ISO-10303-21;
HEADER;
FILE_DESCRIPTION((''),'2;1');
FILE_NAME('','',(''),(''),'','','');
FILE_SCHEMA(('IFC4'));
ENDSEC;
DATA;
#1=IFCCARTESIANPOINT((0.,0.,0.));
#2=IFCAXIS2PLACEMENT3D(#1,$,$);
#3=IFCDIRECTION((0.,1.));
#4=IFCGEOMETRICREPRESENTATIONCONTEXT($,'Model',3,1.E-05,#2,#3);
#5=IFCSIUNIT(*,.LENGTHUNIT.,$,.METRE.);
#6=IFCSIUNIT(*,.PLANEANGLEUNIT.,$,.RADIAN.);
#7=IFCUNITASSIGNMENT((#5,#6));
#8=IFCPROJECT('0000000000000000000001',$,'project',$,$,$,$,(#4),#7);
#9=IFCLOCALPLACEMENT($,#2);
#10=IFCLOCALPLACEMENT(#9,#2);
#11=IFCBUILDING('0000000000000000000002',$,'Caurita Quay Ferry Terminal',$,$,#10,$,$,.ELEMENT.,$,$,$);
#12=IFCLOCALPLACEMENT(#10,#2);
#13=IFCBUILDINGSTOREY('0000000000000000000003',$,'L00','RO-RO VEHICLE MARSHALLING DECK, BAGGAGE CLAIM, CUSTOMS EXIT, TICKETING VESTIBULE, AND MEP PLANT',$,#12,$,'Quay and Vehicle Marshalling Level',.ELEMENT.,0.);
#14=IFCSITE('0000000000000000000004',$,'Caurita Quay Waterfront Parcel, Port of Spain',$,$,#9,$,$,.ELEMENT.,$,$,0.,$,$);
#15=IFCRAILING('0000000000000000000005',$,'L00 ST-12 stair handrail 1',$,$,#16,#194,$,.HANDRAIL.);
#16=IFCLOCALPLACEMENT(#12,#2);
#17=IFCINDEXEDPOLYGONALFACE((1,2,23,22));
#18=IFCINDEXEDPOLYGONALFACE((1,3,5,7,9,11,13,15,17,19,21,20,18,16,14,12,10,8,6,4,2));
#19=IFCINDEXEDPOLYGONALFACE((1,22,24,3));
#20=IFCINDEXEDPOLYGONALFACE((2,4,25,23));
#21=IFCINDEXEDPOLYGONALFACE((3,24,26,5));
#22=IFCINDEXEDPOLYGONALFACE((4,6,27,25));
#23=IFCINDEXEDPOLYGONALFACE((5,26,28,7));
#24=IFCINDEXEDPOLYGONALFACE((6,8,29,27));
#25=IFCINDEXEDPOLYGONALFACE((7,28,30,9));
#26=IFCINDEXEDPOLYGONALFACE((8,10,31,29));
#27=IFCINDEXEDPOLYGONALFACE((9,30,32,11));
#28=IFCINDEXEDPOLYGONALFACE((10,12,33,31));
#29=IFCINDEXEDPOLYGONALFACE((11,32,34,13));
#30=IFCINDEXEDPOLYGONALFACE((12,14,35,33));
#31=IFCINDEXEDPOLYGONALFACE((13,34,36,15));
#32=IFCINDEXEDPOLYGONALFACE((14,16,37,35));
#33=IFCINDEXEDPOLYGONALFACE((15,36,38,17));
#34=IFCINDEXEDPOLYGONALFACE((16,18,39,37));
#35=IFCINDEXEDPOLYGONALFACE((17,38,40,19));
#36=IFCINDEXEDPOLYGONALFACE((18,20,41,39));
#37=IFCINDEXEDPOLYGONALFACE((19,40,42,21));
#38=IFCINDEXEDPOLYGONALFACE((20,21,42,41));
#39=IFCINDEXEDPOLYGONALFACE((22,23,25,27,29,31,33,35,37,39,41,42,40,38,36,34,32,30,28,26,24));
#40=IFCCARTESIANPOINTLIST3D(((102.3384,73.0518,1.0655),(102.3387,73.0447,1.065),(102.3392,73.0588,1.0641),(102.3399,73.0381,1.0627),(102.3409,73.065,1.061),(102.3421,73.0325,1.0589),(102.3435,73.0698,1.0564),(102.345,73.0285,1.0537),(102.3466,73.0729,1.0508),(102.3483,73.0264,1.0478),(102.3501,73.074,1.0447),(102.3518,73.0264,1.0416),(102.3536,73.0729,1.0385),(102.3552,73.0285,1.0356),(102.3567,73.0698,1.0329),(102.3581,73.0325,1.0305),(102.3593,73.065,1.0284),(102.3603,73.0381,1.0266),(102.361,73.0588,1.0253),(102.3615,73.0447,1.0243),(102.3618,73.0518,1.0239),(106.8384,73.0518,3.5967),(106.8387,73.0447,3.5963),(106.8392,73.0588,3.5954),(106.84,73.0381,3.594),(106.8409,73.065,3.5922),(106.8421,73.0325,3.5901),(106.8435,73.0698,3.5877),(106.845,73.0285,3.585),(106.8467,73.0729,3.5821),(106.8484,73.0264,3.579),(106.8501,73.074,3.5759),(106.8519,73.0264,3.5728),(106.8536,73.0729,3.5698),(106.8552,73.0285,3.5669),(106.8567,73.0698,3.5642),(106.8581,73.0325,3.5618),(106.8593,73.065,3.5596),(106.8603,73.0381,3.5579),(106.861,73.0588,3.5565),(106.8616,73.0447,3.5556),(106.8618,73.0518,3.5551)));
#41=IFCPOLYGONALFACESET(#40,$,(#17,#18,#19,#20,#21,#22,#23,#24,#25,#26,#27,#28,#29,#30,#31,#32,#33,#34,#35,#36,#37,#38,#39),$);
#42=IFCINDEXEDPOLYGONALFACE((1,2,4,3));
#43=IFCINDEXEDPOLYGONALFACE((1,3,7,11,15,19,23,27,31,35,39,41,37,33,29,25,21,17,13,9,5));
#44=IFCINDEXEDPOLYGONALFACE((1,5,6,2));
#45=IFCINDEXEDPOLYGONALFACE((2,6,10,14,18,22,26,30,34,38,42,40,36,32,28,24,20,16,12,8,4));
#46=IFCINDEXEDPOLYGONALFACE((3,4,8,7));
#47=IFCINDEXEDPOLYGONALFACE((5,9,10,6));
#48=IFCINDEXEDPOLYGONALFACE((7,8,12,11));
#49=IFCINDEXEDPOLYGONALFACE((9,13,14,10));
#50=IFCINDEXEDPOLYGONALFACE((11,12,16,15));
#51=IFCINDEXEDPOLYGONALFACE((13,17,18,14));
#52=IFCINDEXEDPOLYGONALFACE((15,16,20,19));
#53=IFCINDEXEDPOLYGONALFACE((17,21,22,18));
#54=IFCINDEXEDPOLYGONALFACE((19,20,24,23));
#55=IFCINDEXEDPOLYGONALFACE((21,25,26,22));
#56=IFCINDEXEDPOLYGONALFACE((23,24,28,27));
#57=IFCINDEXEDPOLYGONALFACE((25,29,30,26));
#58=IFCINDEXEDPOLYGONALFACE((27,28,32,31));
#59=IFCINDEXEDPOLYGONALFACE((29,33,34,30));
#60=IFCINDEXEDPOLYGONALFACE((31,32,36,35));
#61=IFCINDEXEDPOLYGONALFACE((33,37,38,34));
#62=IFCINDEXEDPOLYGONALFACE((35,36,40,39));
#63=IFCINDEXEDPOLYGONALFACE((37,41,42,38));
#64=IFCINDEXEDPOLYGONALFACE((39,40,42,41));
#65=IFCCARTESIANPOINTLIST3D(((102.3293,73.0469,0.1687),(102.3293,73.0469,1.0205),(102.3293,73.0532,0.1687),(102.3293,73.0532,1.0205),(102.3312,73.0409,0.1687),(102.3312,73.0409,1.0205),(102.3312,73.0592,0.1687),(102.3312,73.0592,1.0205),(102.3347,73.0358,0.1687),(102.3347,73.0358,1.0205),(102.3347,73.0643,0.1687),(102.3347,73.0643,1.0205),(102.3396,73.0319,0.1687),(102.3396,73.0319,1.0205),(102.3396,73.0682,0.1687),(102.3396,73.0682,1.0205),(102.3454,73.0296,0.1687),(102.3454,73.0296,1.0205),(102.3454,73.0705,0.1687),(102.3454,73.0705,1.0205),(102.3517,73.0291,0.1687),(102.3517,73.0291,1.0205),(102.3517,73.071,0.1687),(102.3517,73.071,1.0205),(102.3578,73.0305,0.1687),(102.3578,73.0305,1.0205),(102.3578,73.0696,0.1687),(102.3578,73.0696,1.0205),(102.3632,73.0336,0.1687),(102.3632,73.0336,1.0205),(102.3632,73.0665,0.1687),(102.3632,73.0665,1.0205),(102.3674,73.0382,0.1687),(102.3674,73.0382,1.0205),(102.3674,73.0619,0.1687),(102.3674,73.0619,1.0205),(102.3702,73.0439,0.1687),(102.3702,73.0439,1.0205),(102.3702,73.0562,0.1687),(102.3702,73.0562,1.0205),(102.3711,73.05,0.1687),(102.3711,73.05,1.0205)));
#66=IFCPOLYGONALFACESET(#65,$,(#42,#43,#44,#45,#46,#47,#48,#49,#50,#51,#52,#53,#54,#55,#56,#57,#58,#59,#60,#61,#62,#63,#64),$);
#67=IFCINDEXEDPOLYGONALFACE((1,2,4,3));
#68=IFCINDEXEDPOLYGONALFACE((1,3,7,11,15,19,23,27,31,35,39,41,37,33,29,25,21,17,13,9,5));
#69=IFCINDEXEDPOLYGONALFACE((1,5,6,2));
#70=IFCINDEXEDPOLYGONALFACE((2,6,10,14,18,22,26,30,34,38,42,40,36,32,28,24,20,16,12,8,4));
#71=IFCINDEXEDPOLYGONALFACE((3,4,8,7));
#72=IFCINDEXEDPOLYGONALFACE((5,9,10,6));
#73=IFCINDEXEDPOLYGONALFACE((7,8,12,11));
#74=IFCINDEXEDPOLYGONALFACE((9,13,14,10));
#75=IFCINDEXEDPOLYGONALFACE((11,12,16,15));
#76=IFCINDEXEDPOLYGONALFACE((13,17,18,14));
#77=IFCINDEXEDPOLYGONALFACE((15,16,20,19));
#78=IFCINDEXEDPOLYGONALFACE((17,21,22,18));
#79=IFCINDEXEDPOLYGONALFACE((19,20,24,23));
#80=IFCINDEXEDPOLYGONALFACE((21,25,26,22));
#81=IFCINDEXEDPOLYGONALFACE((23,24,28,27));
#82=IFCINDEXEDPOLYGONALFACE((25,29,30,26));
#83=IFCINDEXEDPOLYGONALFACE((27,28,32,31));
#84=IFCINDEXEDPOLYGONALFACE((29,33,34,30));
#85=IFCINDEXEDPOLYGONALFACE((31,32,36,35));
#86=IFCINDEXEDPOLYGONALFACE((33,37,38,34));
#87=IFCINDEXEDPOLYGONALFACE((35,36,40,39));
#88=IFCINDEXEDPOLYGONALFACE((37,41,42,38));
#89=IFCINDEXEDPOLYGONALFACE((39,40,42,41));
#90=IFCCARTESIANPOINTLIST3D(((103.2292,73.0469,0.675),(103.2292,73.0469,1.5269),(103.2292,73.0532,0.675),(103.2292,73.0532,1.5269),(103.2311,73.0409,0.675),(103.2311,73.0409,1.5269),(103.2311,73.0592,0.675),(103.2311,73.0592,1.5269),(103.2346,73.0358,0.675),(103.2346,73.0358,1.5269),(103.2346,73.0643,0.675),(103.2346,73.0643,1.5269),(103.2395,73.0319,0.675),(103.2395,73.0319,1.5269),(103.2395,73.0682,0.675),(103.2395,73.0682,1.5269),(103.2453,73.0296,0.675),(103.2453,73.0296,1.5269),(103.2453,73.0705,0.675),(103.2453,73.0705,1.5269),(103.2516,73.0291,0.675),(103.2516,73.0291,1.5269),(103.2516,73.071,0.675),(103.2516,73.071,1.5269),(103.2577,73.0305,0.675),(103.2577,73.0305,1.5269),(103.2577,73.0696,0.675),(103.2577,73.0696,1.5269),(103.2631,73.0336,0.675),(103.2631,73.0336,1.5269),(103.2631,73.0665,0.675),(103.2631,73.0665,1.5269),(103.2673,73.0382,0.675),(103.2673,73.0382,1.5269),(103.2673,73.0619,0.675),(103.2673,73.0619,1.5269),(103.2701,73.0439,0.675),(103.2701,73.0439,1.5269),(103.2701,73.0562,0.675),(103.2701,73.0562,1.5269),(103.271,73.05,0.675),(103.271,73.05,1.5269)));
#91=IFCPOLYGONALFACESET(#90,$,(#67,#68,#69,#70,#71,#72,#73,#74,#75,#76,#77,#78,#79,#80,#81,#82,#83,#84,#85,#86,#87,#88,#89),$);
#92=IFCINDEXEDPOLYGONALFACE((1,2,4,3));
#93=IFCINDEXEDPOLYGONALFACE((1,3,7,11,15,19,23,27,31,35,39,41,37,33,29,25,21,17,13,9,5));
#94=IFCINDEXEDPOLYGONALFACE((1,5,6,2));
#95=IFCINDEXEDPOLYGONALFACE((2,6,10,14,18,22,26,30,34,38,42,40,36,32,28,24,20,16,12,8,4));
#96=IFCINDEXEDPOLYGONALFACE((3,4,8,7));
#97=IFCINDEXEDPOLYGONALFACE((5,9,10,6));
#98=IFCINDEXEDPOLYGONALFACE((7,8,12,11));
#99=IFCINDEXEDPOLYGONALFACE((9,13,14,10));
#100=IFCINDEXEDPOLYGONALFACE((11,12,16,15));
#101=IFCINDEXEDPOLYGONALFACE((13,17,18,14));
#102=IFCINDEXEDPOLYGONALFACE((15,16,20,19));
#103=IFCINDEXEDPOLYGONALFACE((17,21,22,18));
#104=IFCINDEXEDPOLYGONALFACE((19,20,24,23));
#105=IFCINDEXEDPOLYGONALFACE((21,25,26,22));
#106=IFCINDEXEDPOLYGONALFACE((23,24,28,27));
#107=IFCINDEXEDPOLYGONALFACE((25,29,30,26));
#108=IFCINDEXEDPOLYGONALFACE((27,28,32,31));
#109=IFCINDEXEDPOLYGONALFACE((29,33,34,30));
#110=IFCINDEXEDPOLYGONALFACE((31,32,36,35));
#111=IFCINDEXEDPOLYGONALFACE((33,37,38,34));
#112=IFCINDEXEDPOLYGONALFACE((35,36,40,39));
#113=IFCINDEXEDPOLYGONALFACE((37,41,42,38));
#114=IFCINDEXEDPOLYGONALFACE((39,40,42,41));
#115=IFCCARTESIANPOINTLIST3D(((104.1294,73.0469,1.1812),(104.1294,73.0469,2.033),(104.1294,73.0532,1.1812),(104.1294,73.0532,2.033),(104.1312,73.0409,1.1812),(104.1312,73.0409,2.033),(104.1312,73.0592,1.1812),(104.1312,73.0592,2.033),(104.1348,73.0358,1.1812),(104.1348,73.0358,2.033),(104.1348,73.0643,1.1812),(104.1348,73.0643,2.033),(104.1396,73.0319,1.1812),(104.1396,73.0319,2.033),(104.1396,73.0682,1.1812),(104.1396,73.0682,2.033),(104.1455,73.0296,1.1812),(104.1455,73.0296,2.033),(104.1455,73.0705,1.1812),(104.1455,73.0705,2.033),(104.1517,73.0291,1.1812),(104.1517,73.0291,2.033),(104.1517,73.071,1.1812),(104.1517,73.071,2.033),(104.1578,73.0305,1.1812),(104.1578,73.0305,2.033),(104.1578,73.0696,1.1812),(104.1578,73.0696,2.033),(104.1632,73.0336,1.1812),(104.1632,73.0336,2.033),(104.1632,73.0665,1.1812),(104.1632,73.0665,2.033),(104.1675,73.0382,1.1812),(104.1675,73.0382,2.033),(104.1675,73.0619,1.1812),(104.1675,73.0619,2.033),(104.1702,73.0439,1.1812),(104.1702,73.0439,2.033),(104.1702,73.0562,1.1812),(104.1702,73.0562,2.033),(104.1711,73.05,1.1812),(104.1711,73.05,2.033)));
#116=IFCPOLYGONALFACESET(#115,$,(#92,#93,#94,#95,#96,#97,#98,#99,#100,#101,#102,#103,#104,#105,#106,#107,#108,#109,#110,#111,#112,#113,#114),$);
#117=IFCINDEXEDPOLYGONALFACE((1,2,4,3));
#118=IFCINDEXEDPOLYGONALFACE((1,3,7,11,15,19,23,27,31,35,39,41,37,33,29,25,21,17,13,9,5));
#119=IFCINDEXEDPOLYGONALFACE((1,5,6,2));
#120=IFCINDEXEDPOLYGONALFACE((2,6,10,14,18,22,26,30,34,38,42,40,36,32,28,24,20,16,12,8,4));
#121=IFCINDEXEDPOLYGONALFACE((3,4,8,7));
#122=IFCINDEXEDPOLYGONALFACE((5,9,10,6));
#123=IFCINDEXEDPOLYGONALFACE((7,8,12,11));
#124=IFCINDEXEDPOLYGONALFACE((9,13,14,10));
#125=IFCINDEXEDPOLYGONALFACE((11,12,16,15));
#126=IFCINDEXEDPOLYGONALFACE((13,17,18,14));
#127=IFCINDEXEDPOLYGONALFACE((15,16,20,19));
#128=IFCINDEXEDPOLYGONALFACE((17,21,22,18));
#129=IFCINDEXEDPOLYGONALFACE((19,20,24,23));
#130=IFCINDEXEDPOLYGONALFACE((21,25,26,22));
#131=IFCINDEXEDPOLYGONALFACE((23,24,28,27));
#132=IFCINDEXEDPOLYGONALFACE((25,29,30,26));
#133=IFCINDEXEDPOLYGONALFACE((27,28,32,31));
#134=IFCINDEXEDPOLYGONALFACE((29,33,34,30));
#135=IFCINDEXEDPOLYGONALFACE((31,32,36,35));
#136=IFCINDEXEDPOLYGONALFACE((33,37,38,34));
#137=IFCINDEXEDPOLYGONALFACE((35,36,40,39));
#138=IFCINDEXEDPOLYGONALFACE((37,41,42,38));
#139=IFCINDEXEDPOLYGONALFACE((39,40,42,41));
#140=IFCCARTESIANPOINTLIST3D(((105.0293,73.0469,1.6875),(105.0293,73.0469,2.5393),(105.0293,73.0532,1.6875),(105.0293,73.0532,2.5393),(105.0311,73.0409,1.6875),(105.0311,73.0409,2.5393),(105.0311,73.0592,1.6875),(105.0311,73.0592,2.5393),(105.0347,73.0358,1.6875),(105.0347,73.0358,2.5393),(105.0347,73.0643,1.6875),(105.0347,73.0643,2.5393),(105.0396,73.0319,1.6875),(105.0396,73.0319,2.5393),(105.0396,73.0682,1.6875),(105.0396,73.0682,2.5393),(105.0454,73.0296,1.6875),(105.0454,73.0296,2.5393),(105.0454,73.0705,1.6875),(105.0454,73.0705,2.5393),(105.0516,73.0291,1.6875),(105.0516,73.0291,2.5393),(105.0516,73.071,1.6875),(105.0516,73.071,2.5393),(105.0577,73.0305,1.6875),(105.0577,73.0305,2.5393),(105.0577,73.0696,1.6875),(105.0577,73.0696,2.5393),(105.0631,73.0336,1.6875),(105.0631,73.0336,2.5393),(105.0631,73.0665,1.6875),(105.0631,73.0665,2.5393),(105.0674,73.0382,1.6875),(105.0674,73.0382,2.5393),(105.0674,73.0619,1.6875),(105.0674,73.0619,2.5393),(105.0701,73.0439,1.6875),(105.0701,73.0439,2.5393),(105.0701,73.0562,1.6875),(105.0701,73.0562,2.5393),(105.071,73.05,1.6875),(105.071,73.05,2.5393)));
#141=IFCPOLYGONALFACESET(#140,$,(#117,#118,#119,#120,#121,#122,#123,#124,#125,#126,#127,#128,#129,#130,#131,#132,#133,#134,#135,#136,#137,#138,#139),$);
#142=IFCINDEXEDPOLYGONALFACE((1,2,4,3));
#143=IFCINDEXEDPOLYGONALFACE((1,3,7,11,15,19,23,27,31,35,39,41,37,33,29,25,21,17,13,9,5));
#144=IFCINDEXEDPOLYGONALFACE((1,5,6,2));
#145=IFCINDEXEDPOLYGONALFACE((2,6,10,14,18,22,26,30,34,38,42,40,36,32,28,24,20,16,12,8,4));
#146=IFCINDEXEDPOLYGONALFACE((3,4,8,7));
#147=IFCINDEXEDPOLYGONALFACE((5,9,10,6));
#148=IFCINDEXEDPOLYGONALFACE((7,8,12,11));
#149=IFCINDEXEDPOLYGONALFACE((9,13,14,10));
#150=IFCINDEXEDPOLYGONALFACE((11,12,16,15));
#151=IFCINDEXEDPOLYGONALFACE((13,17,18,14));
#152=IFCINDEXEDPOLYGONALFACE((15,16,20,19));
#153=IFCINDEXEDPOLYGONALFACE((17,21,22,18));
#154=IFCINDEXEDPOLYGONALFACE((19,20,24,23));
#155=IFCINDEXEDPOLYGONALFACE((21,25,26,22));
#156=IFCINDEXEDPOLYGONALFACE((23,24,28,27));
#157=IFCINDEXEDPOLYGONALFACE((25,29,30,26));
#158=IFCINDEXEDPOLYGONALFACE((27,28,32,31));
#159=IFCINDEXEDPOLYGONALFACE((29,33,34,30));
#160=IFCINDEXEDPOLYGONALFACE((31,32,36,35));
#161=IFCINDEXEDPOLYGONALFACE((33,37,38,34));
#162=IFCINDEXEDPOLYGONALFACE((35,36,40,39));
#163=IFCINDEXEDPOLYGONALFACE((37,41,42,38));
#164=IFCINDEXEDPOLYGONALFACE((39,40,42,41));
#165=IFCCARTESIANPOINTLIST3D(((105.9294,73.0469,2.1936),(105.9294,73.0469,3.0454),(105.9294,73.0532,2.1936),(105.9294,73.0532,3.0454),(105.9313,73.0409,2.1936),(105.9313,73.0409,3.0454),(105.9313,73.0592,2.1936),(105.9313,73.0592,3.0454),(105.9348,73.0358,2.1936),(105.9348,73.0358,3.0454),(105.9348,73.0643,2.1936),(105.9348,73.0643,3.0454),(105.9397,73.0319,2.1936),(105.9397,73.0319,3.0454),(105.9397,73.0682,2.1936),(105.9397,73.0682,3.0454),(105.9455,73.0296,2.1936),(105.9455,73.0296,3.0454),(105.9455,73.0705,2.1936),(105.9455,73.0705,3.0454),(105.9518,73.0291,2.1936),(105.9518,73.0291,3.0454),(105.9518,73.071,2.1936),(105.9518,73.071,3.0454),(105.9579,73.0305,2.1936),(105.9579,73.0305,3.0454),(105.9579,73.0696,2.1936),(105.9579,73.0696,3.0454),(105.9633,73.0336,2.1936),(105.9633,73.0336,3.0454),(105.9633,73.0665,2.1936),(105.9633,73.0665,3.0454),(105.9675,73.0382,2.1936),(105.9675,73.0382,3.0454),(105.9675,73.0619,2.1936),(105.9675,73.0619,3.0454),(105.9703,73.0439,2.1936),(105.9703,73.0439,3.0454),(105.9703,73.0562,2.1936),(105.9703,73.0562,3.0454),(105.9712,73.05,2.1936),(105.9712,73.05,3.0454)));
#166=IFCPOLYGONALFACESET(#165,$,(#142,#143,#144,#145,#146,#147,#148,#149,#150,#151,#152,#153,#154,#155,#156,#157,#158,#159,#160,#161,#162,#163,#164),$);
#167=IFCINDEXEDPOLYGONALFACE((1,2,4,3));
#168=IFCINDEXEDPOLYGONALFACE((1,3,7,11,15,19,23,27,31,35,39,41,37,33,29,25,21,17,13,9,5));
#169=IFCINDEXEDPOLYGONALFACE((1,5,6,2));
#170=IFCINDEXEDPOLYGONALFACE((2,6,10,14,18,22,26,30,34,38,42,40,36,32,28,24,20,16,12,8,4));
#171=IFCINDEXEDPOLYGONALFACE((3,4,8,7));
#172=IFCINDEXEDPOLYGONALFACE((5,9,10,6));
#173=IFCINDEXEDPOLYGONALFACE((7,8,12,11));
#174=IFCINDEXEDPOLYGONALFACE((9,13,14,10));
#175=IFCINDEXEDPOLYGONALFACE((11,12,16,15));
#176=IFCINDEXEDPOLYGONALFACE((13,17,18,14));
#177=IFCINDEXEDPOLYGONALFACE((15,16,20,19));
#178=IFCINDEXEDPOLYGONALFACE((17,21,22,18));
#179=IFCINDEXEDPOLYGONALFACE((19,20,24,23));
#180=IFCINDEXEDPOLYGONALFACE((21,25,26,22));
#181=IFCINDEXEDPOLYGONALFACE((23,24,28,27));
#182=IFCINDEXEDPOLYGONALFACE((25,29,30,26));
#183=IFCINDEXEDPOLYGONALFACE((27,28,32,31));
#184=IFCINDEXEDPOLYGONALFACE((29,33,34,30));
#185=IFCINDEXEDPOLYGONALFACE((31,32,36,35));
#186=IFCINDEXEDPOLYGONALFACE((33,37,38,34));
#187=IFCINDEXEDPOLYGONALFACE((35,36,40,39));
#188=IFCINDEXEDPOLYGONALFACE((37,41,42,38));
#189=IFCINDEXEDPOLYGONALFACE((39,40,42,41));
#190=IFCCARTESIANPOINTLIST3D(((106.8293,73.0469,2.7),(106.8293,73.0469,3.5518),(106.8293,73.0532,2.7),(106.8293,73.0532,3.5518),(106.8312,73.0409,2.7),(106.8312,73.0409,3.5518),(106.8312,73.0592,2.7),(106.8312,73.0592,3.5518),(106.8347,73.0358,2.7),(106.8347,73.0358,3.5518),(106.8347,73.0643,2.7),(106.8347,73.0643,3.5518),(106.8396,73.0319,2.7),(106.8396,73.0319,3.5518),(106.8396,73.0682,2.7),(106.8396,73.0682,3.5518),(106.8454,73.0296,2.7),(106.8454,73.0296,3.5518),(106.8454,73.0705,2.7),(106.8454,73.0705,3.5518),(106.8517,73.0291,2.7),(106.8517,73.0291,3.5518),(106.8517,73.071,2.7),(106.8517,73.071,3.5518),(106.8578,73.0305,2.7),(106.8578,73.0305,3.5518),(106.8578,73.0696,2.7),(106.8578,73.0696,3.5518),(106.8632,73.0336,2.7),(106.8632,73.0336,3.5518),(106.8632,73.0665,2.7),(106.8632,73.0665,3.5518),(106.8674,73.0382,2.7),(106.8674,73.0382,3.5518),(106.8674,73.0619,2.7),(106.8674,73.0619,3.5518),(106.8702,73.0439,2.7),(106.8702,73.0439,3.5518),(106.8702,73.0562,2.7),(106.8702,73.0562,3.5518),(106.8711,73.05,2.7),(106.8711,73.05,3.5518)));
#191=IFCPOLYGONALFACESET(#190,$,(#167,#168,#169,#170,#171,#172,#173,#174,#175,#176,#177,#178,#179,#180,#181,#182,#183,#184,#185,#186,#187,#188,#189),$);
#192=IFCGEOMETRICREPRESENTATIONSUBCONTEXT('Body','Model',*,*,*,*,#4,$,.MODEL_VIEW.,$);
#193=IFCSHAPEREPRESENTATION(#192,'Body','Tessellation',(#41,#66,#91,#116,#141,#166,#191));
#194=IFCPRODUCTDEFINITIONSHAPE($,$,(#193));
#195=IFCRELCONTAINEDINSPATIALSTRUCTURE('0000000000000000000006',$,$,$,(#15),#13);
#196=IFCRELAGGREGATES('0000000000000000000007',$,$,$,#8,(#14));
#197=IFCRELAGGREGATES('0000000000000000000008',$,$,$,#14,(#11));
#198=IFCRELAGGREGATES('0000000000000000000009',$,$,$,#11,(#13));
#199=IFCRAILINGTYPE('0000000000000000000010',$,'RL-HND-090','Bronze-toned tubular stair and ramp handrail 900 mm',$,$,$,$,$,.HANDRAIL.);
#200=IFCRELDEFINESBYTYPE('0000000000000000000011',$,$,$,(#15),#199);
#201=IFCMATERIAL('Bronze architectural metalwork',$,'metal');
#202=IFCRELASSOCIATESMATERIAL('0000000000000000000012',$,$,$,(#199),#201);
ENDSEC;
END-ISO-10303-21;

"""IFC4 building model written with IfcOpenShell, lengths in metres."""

from ifc_helpers import new_model, si_unit, direction, frame, origin, origin_2d, place, context, subcontext, project, spatial, circle, extrude, material, type_object, element, save


model = new_model("IFC4")

# Units and contexts
model_context = context("Model", 3, precision=1e-05, world=origin(), true_north=direction((0.0, 1.0)))
body_context = subcontext(model_context, "Body", "Model", "MODEL_VIEW")
ifc_project = project(units=[si_unit("LENGTHUNIT", "METRE"), si_unit("PLANEANGLEUNIT", "RADIAN")], contexts=[model_context])

# Site, building, storey
site_placement = place(None, origin())
site = spatial("IfcSite", under=ifc_project, at=site_placement, Name="Caurita Quay Waterfront Parcel, Port of Spain", CompositionType="ELEMENT", RefElevation=0.0)
building_placement = place(site_placement, origin())
building = spatial("IfcBuilding", under=site, at=building_placement, Name="Caurita Quay Ferry Terminal", CompositionType="ELEMENT")
storey_placement = place(building_placement, origin())
storey = spatial("IfcBuildingStorey", under=building, at=storey_placement, Name="L00", Description="RO-RO VEHICLE MARSHALLING DECK, BAGGAGE CLAIM, CUSTOMS EXIT, TICKETING VESTIBULE, AND MEP PLANT", LongName="Quay and Vehicle Marshalling Level", CompositionType="ELEMENT", Elevation=0.0)

# Railing
ifc_material_1 = material(Name="Bronze architectural metalwork", Category="metal")
railing_type_1 = type_object("IfcRailingType", Name="RL-HND-090", Description="Bronze-toned tubular stair and ramp handrail 900 mm", PredefinedType="HANDRAIL", material=ifc_material_1)
railing_1_placement = place(storey_placement, frame((102.3501, 73.05, 0.1687)))
element("IfcRailing", 1, at=railing_1_placement, inside=storey, type_object=railing_type_1, Name="L00 ST-12 stair handrail 1", PredefinedType="HANDRAIL", context=body_context, shape_type="SweptSolid", body=[
    extrude(circle(Radius=0.0239, at=origin_2d()), frame((0.0, 0.0, 0.876), z_axis=(0.871576, 0.0, 0.490261), x_axis=(0.0, 1.0, 0.0)), (0.0, 0.0, 1.0), 5.1631),
    extrude(circle(Radius=0.021, at=origin_2d()), origin(), (0.0, 0.0, 1.0), 0.8518),
    extrude(circle(Radius=0.021, at=origin_2d()), frame((0.8999, 0.0, 0.5063)), (0.0, 0.0, 1.0), 0.8518),
    extrude(circle(Radius=0.021, at=origin_2d()), frame((1.8, 0.0, 1.0125)), (0.0, 0.0, 1.0), 0.8518),
    extrude(circle(Radius=0.021, at=origin_2d()), frame((2.7, 0.0, 1.5188)), (0.0, 0.0, 1.0), 0.8518),
    extrude(circle(Radius=0.021, at=origin_2d()), frame((3.6001, 0.0, 2.0249)), (0.0, 0.0, 1.0), 0.8518),
    extrude(circle(Radius=0.021, at=origin_2d()), frame((4.5, 0.0, 2.5312)), (0.0, 0.0, 1.0), 0.8518),
])

save(model, "model.ifc")
